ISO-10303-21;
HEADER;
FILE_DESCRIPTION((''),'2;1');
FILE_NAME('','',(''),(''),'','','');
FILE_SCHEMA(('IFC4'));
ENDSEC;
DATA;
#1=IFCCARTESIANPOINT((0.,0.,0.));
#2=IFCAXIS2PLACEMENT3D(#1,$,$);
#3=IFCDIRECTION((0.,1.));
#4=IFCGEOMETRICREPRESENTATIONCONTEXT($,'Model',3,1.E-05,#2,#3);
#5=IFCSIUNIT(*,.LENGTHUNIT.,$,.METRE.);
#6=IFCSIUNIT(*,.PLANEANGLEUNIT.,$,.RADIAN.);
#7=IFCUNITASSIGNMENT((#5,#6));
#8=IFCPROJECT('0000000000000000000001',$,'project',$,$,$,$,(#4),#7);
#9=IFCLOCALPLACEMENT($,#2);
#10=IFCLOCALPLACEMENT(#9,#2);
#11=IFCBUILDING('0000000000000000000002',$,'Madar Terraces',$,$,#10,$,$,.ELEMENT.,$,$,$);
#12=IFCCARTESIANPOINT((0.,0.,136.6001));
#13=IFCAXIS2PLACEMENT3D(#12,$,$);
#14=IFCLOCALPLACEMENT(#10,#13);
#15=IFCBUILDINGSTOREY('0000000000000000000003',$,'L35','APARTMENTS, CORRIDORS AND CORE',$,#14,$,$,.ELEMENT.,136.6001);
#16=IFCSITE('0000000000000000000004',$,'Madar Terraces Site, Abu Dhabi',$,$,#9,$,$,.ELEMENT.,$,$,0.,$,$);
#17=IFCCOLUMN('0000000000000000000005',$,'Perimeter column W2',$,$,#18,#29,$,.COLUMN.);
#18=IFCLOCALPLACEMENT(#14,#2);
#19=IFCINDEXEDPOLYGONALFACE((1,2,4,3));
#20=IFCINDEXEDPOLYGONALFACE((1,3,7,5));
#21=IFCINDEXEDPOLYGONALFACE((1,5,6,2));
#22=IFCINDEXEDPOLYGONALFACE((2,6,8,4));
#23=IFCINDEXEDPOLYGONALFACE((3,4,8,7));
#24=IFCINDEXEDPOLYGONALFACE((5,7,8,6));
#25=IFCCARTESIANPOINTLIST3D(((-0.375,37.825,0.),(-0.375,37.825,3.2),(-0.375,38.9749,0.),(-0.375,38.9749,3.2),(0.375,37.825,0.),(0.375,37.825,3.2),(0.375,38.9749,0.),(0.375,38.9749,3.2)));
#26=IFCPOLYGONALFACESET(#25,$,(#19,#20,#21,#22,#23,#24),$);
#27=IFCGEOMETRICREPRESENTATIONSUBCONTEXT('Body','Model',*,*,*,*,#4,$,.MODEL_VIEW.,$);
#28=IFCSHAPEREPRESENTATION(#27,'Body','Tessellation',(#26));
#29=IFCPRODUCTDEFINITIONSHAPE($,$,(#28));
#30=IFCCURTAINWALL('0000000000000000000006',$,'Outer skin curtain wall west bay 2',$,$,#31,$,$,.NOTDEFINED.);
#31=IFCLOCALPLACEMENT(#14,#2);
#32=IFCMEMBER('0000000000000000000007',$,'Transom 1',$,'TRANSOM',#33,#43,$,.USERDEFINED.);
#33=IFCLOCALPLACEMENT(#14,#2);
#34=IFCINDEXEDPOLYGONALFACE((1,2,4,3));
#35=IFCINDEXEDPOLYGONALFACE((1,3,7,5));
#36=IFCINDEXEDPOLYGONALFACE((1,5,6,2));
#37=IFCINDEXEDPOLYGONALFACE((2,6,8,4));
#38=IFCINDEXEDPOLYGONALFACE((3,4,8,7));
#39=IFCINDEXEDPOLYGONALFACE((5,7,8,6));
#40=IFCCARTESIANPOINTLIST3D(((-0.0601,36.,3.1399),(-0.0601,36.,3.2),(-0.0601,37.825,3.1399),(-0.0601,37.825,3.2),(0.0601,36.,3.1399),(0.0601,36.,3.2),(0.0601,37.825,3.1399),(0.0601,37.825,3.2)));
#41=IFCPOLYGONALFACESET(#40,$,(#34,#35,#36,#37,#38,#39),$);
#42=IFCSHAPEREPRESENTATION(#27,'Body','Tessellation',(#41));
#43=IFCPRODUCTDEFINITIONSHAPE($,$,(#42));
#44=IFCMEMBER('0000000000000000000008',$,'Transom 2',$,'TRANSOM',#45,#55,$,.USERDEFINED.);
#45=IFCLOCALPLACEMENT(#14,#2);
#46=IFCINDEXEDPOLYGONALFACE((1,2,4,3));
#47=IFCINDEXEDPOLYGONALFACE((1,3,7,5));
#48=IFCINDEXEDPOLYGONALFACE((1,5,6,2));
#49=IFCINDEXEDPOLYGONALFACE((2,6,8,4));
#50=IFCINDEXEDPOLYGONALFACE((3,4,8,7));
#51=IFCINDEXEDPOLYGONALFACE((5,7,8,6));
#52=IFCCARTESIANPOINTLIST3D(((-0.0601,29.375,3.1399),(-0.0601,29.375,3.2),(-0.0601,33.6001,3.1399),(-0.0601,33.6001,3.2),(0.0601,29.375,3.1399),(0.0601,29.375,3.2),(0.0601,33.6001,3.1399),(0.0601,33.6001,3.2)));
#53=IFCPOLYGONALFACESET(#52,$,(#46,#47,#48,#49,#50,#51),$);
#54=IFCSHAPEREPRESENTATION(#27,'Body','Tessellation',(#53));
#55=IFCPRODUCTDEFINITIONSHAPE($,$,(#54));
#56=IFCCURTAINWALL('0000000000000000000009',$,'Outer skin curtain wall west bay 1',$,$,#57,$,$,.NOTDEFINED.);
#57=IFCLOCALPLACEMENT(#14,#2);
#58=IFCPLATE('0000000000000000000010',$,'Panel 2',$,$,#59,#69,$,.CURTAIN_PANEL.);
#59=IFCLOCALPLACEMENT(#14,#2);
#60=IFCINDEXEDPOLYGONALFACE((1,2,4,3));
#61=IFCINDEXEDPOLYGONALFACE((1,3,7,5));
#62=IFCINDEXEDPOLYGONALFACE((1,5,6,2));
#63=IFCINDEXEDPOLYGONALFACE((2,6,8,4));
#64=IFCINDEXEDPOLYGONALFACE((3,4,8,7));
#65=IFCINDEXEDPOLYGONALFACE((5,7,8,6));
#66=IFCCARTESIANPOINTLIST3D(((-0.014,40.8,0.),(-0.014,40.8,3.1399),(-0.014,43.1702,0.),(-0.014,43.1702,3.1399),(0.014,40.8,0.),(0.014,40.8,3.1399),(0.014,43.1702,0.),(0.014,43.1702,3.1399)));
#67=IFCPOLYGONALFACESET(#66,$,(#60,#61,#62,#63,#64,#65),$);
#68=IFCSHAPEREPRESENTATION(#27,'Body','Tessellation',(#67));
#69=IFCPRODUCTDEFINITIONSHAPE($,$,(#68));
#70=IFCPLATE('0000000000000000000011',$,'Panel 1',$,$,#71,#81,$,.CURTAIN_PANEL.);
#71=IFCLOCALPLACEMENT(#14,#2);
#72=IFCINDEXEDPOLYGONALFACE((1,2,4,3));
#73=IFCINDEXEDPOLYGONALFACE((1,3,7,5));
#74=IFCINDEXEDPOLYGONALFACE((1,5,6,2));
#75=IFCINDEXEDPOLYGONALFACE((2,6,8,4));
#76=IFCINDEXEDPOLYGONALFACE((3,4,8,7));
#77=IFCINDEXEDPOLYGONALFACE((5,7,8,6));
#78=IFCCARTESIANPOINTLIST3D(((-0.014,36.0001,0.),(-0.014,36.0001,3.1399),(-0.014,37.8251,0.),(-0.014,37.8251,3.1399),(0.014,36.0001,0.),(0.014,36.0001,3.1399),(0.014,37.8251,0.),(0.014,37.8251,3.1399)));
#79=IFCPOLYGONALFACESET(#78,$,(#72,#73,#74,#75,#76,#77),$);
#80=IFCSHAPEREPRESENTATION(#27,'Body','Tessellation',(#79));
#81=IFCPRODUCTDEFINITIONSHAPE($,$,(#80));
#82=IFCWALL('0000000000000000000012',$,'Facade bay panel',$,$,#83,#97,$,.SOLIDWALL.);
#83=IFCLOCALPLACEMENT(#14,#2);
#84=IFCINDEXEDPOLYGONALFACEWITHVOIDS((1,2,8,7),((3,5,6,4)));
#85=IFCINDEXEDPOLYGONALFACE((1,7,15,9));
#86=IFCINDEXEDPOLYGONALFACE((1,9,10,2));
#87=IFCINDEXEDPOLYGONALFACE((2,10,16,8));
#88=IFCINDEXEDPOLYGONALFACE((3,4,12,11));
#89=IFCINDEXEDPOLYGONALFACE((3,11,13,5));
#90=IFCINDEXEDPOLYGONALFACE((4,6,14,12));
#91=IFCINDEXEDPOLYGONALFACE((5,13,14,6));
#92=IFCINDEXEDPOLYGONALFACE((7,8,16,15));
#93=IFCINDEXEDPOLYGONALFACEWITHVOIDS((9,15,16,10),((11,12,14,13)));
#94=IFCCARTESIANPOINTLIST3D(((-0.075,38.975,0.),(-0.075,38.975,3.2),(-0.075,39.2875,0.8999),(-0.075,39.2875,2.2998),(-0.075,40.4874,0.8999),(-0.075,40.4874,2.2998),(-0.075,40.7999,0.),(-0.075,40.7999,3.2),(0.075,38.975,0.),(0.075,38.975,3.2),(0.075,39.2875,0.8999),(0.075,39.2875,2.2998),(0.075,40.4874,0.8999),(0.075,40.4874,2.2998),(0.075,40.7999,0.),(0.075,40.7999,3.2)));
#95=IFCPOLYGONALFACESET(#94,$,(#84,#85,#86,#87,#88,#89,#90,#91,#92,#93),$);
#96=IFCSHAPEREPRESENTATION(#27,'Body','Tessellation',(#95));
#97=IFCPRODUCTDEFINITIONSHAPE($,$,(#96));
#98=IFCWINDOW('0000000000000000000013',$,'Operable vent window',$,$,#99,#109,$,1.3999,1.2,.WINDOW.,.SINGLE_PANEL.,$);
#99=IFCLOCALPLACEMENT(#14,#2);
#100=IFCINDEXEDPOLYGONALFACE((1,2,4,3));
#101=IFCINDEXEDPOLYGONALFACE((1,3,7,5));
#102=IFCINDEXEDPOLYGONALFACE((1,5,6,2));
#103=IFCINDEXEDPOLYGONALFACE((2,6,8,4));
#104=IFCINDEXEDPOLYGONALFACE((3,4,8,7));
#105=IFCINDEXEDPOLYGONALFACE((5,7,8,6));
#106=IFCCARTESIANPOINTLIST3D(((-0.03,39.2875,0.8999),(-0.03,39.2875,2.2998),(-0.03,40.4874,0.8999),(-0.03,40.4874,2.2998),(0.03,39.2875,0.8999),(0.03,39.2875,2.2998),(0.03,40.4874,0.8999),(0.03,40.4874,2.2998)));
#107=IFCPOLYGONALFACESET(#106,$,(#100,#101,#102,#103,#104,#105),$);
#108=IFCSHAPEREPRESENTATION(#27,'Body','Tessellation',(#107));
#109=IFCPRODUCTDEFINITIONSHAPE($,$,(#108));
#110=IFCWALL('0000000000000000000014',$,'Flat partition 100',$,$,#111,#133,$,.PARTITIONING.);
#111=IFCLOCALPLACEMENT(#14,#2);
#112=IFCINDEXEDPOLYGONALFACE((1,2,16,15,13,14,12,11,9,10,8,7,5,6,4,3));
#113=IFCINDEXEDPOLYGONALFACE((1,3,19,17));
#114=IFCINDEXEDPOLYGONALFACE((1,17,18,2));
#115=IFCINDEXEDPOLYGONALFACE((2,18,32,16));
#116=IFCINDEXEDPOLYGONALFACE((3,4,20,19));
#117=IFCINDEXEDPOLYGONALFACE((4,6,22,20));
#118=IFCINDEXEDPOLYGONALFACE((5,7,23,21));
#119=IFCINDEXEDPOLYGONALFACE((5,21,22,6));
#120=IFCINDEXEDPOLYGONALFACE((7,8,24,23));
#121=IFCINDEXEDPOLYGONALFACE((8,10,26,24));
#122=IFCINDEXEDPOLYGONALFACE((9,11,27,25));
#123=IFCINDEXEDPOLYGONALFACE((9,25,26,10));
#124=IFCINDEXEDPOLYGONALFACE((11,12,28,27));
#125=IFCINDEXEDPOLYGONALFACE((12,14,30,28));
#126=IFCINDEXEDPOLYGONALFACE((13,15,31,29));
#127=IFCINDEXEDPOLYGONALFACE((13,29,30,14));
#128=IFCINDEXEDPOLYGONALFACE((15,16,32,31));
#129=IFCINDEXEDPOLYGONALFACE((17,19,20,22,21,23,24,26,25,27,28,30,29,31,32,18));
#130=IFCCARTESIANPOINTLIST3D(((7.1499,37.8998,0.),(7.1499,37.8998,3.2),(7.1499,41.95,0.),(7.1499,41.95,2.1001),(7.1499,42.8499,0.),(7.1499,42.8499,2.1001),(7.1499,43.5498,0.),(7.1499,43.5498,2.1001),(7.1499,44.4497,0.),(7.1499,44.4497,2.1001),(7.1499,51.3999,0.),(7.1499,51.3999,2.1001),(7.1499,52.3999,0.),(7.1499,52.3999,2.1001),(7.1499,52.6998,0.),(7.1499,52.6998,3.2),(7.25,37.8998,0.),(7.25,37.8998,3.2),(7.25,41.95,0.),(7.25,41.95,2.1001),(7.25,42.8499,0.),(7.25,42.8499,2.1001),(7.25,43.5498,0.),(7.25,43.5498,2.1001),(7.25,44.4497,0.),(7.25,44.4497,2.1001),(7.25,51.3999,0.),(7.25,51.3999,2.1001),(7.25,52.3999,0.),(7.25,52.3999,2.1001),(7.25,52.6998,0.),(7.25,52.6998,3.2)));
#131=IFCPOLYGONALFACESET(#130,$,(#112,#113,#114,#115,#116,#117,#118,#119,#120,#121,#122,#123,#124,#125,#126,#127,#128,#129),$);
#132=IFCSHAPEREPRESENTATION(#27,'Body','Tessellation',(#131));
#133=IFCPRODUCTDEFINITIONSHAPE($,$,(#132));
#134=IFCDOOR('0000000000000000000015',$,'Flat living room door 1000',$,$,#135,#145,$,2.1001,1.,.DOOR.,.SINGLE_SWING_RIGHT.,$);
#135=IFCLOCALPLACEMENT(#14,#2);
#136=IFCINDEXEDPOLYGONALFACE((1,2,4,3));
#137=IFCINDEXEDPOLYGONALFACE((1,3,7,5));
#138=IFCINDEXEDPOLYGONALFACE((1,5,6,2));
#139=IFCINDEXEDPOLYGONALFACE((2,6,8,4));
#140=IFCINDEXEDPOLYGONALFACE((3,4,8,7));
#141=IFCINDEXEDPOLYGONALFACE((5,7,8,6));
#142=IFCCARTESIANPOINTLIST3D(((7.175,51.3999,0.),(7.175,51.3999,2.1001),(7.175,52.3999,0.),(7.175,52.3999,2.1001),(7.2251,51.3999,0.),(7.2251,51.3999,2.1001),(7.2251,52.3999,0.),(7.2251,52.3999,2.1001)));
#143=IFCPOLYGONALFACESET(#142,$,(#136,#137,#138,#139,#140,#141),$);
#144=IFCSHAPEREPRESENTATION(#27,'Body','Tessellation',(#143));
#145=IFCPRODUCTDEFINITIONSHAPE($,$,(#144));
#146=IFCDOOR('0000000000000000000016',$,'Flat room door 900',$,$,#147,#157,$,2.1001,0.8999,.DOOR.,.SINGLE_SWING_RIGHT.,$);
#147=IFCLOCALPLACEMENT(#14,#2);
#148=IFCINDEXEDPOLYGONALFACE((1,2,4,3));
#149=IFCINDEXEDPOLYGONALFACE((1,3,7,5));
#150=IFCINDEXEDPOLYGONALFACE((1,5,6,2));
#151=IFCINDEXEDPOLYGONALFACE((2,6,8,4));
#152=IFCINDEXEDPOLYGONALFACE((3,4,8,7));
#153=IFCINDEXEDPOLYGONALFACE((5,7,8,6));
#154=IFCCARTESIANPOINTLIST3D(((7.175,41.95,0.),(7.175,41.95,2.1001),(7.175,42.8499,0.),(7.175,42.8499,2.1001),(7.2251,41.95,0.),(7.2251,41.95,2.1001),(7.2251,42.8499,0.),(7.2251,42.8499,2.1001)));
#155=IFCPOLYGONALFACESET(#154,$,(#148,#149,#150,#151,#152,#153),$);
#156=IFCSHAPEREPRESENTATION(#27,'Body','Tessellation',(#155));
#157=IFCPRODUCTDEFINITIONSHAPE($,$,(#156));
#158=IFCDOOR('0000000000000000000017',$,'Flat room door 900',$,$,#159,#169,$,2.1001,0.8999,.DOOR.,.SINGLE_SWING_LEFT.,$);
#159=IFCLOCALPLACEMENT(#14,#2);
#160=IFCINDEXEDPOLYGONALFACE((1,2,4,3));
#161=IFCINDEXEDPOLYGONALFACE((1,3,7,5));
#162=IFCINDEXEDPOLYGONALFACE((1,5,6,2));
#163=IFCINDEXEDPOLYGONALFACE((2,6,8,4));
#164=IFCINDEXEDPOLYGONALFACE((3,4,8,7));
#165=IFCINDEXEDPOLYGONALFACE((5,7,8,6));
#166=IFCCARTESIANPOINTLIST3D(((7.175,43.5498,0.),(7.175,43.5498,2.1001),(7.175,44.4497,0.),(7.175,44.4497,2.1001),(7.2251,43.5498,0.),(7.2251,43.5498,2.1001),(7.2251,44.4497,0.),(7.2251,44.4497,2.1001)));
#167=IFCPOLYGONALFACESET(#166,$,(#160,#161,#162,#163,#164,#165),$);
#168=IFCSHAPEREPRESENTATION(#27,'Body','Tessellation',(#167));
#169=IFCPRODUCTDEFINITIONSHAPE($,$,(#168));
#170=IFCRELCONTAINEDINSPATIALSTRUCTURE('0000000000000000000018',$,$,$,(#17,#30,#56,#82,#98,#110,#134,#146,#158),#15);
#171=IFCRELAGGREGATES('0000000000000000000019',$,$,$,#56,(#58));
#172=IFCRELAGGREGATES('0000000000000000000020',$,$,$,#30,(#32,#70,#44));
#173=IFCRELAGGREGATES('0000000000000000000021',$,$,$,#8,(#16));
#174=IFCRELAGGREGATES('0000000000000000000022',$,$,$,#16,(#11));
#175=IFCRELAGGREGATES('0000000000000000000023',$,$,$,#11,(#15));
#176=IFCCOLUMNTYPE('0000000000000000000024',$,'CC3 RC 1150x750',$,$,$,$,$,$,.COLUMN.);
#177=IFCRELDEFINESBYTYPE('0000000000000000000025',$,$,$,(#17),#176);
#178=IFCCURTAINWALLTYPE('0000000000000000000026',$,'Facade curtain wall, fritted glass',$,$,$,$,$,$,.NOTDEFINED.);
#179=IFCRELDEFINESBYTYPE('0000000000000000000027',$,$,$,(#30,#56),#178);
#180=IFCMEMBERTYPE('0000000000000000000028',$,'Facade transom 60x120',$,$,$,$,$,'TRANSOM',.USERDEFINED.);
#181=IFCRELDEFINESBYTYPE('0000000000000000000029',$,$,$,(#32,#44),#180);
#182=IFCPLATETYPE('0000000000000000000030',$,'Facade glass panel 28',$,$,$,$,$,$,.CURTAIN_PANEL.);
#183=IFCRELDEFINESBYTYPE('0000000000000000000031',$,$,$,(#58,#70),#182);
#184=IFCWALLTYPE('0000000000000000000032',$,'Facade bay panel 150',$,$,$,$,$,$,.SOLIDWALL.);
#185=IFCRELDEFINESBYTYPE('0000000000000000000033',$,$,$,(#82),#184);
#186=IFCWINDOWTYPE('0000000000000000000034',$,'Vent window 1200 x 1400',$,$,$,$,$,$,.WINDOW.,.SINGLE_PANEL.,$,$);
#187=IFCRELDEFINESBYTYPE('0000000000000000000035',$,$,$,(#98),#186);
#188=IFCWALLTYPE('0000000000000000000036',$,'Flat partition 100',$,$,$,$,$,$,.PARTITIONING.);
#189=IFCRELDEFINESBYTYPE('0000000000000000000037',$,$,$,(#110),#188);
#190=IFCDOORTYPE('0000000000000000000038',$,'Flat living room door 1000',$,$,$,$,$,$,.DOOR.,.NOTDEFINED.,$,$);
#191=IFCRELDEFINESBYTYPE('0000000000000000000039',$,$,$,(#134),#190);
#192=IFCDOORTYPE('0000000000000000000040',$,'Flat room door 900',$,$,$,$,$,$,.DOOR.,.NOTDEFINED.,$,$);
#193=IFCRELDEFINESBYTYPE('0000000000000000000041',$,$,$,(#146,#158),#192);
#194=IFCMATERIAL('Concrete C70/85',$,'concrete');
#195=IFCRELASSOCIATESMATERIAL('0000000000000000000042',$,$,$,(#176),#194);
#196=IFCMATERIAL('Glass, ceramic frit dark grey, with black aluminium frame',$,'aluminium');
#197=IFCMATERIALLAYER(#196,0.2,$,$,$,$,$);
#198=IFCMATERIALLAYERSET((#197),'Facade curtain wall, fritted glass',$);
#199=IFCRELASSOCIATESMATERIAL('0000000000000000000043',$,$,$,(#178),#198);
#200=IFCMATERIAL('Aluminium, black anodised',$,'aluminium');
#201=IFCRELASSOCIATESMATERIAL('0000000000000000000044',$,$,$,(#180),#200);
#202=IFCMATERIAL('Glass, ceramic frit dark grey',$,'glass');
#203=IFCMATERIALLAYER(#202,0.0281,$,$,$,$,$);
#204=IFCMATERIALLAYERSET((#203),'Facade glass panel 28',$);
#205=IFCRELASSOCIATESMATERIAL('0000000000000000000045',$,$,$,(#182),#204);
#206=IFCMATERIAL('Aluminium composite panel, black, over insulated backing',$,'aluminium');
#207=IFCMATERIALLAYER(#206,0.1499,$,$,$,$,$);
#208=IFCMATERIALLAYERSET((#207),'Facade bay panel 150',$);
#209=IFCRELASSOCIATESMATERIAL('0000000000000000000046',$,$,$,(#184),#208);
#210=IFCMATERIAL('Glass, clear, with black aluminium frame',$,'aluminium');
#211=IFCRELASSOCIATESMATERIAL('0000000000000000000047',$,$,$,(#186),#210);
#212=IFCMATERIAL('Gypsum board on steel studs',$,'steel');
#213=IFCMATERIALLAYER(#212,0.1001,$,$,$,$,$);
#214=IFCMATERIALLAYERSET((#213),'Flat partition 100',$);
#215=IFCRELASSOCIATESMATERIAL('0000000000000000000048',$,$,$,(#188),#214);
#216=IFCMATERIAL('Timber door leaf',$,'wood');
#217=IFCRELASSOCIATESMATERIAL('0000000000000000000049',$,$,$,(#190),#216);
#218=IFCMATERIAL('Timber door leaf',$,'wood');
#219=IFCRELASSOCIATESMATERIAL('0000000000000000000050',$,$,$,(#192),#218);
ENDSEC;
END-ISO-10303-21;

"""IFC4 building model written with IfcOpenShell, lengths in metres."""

from ifc_helpers import new_model, si_unit, direction, frame, frame_2d, origin, origin_2d, place, context, subcontext, project, spatial, rectangle, extrude, material, layer, layer_set, material_profile, profile_set, type_object, element, fill, aggregate, save


model = new_model("IFC4")

# Units and contexts
model_context = context("Model", 3, precision=1e-05, world=origin(), true_north=direction((0.0, 1.0)))
body_context = subcontext(model_context, "Body", "Model", "MODEL_VIEW")
ifc_project = project(units=[si_unit("LENGTHUNIT", "METRE"), si_unit("PLANEANGLEUNIT", "RADIAN")], contexts=[model_context])

# Site, building, storey
site_placement = place(None, origin())
site = spatial("IfcSite", under=ifc_project, at=site_placement, Name="Madar Terraces Site, Abu Dhabi", CompositionType="ELEMENT", RefElevation=0.0)
building_placement = place(site_placement, origin())
building = spatial("IfcBuilding", under=site, at=building_placement, Name="Madar Terraces", CompositionType="ELEMENT")
storey_placement = place(building_placement, frame((0.0, 0.0, 136.6001)))
storey = spatial("IfcBuildingStorey", under=building, at=storey_placement, Name="L35", Description="APARTMENTS, CORRIDORS AND CORE", CompositionType="ELEMENT", Elevation=136.6001)

# Column
ifc_material_1 = material(Name="Concrete C70/85", Category="concrete")
ifc_material_profile_1 = material_profile(ifc_material_1, rectangle(XDim=1.1499, YDim=0.75, at=origin_2d()), Name="CC3 RC 1150x750")
ifc_profile_set_1 = profile_set([ifc_material_profile_1], Name="Concrete C70/85")
column_type = type_object("IfcColumnType", Name="CC3 RC 1150x750", PredefinedType="COLUMN", material=ifc_profile_set_1)
column_placement = place(storey_placement, frame((0.0, 38.3999, 0.0), z_axis=(0.0, 0.0, 1.0), x_axis=(0.0, 1.0, 0.0)))
element("IfcColumn", 1, at=column_placement, inside=storey, type_object=column_type, Name="Perimeter column W2", PredefinedType="COLUMN", context=body_context, shape_type="SweptSolid", body=[
    extrude(rectangle(XDim=1.1499, YDim=0.75, at=origin_2d()), origin(), (0.0, 0.0, 1.0), 3.2),
])

# Curtain wall, members
ifc_material_2 = material(Name="Glass, ceramic frit dark grey, with black aluminium frame", Category="aluminium")
ifc_layer_1 = layer(ifc_material_2, 0.2)
ifc_layer_set_1 = layer_set([ifc_layer_1], Name="Facade curtain wall, fritted glass")
curtain_wall_type = type_object("IfcCurtainWallType", Name="Facade curtain wall, fritted glass", PredefinedType="NOTDEFINED", material=ifc_layer_set_1)
curtain_wall_1_placement = place(storey_placement, origin())
curtain_wall_1 = element("IfcCurtainWall", 2, at=curtain_wall_1_placement, inside=storey, type_object=curtain_wall_type, Name="Outer skin curtain wall west bay 2", PredefinedType="NOTDEFINED")
ifc_material_3 = material(Name="Aluminium, black anodised", Category="aluminium")
ifc_material_profile_2 = material_profile(ifc_material_3, rectangle(XDim=0.1201, YDim=0.0601, at=origin_2d()), Name="Facade transom 60x120")
ifc_profile_set_2 = profile_set([ifc_material_profile_2], Name="Aluminium, black anodised")
member_type = type_object("IfcMemberType", Name="Facade transom 60x120", ElementType="TRANSOM", PredefinedType="USERDEFINED", material=ifc_profile_set_2)
member_1_placement = place(storey_placement, frame((0.0, 37.825, 3.1699), z_axis=(0.0, -1.0, 0.0), x_axis=(1.0, 0.0, 0.0)))
member_1 = element("IfcMember", 3, at=member_1_placement, type_object=member_type, Name="Transom 1", ObjectType="TRANSOM", PredefinedType="USERDEFINED", context=body_context, shape_type="SweptSolid", body=[
    extrude(rectangle(XDim=0.1201, YDim=0.0601, at=origin_2d()), origin(), (0.0, 0.0, 1.0), 1.825),
])
member_2_placement = place(storey_placement, frame((0.0, 33.6001, 3.1699), z_axis=(0.0, -1.0, 0.0), x_axis=(1.0, 0.0, 0.0)))
member_2 = element("IfcMember", 4, at=member_2_placement, type_object=member_type, Name="Transom 2", ObjectType="TRANSOM", PredefinedType="USERDEFINED", context=body_context, shape_type="SweptSolid", body=[
    extrude(rectangle(XDim=0.1201, YDim=0.0601, at=origin_2d()), origin(), (0.0, 0.0, 1.0), 4.2251),
])

# Curtain wall, plate
curtain_wall_2_placement = place(storey_placement, origin())
curtain_wall_2 = element("IfcCurtainWall", 5, at=curtain_wall_2_placement, inside=storey, type_object=curtain_wall_type, Name="Outer skin curtain wall west bay 1", PredefinedType="NOTDEFINED")
ifc_material_4 = material(Name="Glass, ceramic frit dark grey", Category="glass")
ifc_layer_2 = layer(ifc_material_4, 0.0281)
ifc_layer_set_2 = layer_set([ifc_layer_2], Name="Facade glass panel 28")
plate_type = type_object("IfcPlateType", Name="Facade glass panel 28", PredefinedType="CURTAIN_PANEL", material=ifc_layer_set_2)
plate_1_placement = place(storey_placement, frame((0.0, 41.9851, 0.0), z_axis=(0.0, 0.0, 1.0), x_axis=(0.0, -1.0, 0.0)))
plate_1 = element("IfcPlate", 6, at=plate_1_placement, type_object=plate_type, Name="Panel 2", PredefinedType="CURTAIN_PANEL", context=body_context, shape_type="SweptSolid", body=[
    extrude(rectangle(XDim=2.3701, YDim=0.0281, at=origin_2d()), origin(), (0.0, 0.0, 1.0), 3.1399),
])
aggregate(curtain_wall_2, [plate_1])

# Plate
plate_2_placement = place(storey_placement, frame((0.0, 36.9126, 0.0), z_axis=(0.0, 0.0, 1.0), x_axis=(0.0, -1.0, 0.0)))
plate_2 = element("IfcPlate", 7, at=plate_2_placement, type_object=plate_type, Name="Panel 1", PredefinedType="CURTAIN_PANEL", context=body_context, shape_type="SweptSolid", body=[
    extrude(rectangle(XDim=1.825, YDim=0.0281, at=origin_2d()), origin(), (0.0, 0.0, 1.0), 3.1399),
])
aggregate(curtain_wall_1, [member_1, plate_2, member_2])

# Wall, opening, window
ifc_material_5 = material(Name="Aluminium composite panel, black, over insulated backing", Category="aluminium")
ifc_layer_3 = layer(ifc_material_5, 0.1499)
ifc_layer_set_3 = layer_set([ifc_layer_3], Name="Facade bay panel 150")
wall_type_1 = type_object("IfcWallType", Name="Facade bay panel 150", PredefinedType="SOLIDWALL", material=ifc_layer_set_3)
wall_1_placement = place(storey_placement, frame((0.0, 40.8, 0.0), z_axis=(0.0, 0.0, 1.0), x_axis=(0.0, -1.0, 0.0)))
wall_1 = element("IfcWall", 8, at=wall_1_placement, inside=storey, type_object=wall_type_1, Name="Facade bay panel", PredefinedType="SOLIDWALL", context=body_context, shape_type="SweptSolid", body=[
    extrude(rectangle(XDim=1.825, YDim=0.1499, at=frame_2d((0.9126, 0.0))), origin(), (0.0, 0.0, 1.0), 3.2),
])
opening_1_placement = place(wall_1_placement, frame((0.3125, 0.0, 0.8999)))
opening_1 = element("IfcOpeningElement", 9, at=opening_1_placement, cuts=wall_1, PredefinedType="OPENING", context=body_context, shape_type="SweptSolid", body=[
    extrude(rectangle(XDim=1.2, YDim=1.3999, at=frame_2d((0.6001, 0.7))), frame((0.0, 0.085, 0.0), z_axis=(0.0, -1.0, 0.0), x_axis=(1.0, 0.0, 0.0)), (0.0, 0.0, 1.0), 0.1699),
])
ifc_material_6 = material(Name="Glass, clear, with black aluminium frame", Category="aluminium")
window_type = type_object("IfcWindowType", Name="Vent window 1200 x 1400", PartitioningType="SINGLE_PANEL", PredefinedType="WINDOW", material=ifc_material_6)
window_placement = place(opening_1_placement, origin())
window = element("IfcWindow", 10, at=window_placement, inside=storey, type_object=window_type, Name="Operable vent window", OverallHeight=1.3999, OverallWidth=1.2, PartitioningType="SINGLE_PANEL", PredefinedType="WINDOW", context=body_context, shape_type="SweptSolid", body=[
    extrude(rectangle(XDim=1.2, YDim=1.3999, at=frame_2d((0.6001, 0.7))), frame((0.0, 0.03, 0.0), z_axis=(0.0, -1.0, 0.0), x_axis=(1.0, 0.0, 0.0)), (0.0, 0.0, 1.0), 0.0601),
])
fill(opening_1, window)

# Wall, openings, doors
ifc_material_7 = material(Name="Gypsum board on steel studs", Category="steel")
ifc_layer_4 = layer(ifc_material_7, 0.1001)
ifc_layer_set_4 = layer_set([ifc_layer_4], Name="Flat partition 100")
wall_type_2 = type_object("IfcWallType", Name="Flat partition 100", PredefinedType="PARTITIONING", material=ifc_layer_set_4)
wall_2_placement = place(storey_placement, frame((7.2, 37.8999, 0.0), z_axis=(0.0, 0.0, 1.0), x_axis=(0.0, 1.0, 0.0)))
wall_2 = element("IfcWall", 11, at=wall_2_placement, inside=storey, type_object=wall_type_2, Name="Flat partition 100", PredefinedType="PARTITIONING", context=body_context, shape_type="SweptSolid", body=[
    extrude(rectangle(XDim=14.8, YDim=0.1001, at=frame_2d((7.3999, 0.0))), origin(), (0.0, 0.0, 1.0), 3.2),
])
opening_2_placement = place(wall_2_placement, frame((4.05, 0.0, 0.0)))
opening_2 = element("IfcOpeningElement", 12, at=opening_2_placement, cuts=wall_2, PredefinedType="OPENING", context=body_context, shape_type="SweptSolid", body=[
    extrude(rectangle(XDim=0.8999, YDim=2.1001, at=frame_2d((0.45, 1.05))), frame((0.0, 0.0601, 0.0), z_axis=(0.0, -1.0, 0.0), x_axis=(1.0, 0.0, 0.0)), (0.0, 0.0, 1.0), 0.1201),
])
opening_3_placement = place(wall_2_placement, frame((5.6499, 0.0, 0.0)))
opening_3 = element("IfcOpeningElement", 13, at=opening_3_placement, cuts=wall_2, PredefinedType="OPENING", context=body_context, shape_type="SweptSolid", body=[
    extrude(rectangle(XDim=0.8999, YDim=2.1001, at=frame_2d((0.45, 1.05))), frame((0.0, 0.0601, 0.0), z_axis=(0.0, -1.0, 0.0), x_axis=(1.0, 0.0, 0.0)), (0.0, 0.0, 1.0), 0.1201),
])
opening_4_placement = place(wall_2_placement, frame((13.5, 0.0, 0.0)))
opening_4 = element("IfcOpeningElement", 14, at=opening_4_placement, cuts=wall_2, PredefinedType="OPENING", context=body_context, shape_type="SweptSolid", body=[
    extrude(rectangle(XDim=1.0, YDim=2.1001, at=frame_2d((0.5, 1.05))), frame((0.0, 0.0601, 0.0), z_axis=(0.0, -1.0, 0.0), x_axis=(1.0, 0.0, 0.0)), (0.0, 0.0, 1.0), 0.1201),
])
ifc_material_8 = material(Name="Timber door leaf", Category="wood")
door_type_1 = type_object("IfcDoorType", Name="Flat living room door 1000", OperationType="NOTDEFINED", PredefinedType="DOOR", material=ifc_material_8)
door_1_placement = place(opening_4_placement, origin())
door_1 = element("IfcDoor", 15, at=door_1_placement, inside=storey, type_object=door_type_1, Name="Flat living room door 1000", OperationType="SINGLE_SWING_RIGHT", OverallHeight=2.1001, OverallWidth=1.0, PredefinedType="DOOR", context=body_context, shape_type="SweptSolid", body=[
    extrude(rectangle(XDim=1.0, YDim=2.1001, at=frame_2d((0.5, 1.05))), frame((0.0, 0.0249, 0.0), z_axis=(0.0, -1.0, 0.0), x_axis=(1.0, 0.0, 0.0)), (0.0, 0.0, 1.0), 0.05),
])
fill(opening_4, door_1)
ifc_material_9 = material(Name="Timber door leaf", Category="wood")
door_type_2 = type_object("IfcDoorType", Name="Flat room door 900", OperationType="NOTDEFINED", PredefinedType="DOOR", material=ifc_material_9)
door_2_placement = place(opening_2_placement, origin())
door_2 = element("IfcDoor", 16, at=door_2_placement, inside=storey, type_object=door_type_2, Name="Flat room door 900", OperationType="SINGLE_SWING_RIGHT", OverallHeight=2.1001, OverallWidth=0.8999, PredefinedType="DOOR", context=body_context, shape_type="SweptSolid", body=[
    extrude(rectangle(XDim=0.8999, YDim=2.1001, at=frame_2d((0.45, 1.05))), frame((0.0, 0.0249, 0.0), z_axis=(0.0, -1.0, 0.0), x_axis=(1.0, 0.0, 0.0)), (0.0, 0.0, 1.0), 0.05),
])
fill(opening_2, door_2)
door_3_placement = place(opening_3_placement, origin())
door_3 = element("IfcDoor", 17, at=door_3_placement, inside=storey, type_object=door_type_2, Name="Flat room door 900", OperationType="SINGLE_SWING_LEFT", OverallHeight=2.1001, OverallWidth=0.8999, PredefinedType="DOOR", context=body_context, shape_type="SweptSolid", body=[
    extrude(rectangle(XDim=0.8999, YDim=2.1001, at=frame_2d((0.45, 1.05))), frame((0.0, 0.0249, 0.0), z_axis=(0.0, -1.0, 0.0), x_axis=(1.0, 0.0, 0.0)), (0.0, 0.0, 1.0), 0.05),
])
fill(opening_3, door_3)

save(model, "model.ifc")
